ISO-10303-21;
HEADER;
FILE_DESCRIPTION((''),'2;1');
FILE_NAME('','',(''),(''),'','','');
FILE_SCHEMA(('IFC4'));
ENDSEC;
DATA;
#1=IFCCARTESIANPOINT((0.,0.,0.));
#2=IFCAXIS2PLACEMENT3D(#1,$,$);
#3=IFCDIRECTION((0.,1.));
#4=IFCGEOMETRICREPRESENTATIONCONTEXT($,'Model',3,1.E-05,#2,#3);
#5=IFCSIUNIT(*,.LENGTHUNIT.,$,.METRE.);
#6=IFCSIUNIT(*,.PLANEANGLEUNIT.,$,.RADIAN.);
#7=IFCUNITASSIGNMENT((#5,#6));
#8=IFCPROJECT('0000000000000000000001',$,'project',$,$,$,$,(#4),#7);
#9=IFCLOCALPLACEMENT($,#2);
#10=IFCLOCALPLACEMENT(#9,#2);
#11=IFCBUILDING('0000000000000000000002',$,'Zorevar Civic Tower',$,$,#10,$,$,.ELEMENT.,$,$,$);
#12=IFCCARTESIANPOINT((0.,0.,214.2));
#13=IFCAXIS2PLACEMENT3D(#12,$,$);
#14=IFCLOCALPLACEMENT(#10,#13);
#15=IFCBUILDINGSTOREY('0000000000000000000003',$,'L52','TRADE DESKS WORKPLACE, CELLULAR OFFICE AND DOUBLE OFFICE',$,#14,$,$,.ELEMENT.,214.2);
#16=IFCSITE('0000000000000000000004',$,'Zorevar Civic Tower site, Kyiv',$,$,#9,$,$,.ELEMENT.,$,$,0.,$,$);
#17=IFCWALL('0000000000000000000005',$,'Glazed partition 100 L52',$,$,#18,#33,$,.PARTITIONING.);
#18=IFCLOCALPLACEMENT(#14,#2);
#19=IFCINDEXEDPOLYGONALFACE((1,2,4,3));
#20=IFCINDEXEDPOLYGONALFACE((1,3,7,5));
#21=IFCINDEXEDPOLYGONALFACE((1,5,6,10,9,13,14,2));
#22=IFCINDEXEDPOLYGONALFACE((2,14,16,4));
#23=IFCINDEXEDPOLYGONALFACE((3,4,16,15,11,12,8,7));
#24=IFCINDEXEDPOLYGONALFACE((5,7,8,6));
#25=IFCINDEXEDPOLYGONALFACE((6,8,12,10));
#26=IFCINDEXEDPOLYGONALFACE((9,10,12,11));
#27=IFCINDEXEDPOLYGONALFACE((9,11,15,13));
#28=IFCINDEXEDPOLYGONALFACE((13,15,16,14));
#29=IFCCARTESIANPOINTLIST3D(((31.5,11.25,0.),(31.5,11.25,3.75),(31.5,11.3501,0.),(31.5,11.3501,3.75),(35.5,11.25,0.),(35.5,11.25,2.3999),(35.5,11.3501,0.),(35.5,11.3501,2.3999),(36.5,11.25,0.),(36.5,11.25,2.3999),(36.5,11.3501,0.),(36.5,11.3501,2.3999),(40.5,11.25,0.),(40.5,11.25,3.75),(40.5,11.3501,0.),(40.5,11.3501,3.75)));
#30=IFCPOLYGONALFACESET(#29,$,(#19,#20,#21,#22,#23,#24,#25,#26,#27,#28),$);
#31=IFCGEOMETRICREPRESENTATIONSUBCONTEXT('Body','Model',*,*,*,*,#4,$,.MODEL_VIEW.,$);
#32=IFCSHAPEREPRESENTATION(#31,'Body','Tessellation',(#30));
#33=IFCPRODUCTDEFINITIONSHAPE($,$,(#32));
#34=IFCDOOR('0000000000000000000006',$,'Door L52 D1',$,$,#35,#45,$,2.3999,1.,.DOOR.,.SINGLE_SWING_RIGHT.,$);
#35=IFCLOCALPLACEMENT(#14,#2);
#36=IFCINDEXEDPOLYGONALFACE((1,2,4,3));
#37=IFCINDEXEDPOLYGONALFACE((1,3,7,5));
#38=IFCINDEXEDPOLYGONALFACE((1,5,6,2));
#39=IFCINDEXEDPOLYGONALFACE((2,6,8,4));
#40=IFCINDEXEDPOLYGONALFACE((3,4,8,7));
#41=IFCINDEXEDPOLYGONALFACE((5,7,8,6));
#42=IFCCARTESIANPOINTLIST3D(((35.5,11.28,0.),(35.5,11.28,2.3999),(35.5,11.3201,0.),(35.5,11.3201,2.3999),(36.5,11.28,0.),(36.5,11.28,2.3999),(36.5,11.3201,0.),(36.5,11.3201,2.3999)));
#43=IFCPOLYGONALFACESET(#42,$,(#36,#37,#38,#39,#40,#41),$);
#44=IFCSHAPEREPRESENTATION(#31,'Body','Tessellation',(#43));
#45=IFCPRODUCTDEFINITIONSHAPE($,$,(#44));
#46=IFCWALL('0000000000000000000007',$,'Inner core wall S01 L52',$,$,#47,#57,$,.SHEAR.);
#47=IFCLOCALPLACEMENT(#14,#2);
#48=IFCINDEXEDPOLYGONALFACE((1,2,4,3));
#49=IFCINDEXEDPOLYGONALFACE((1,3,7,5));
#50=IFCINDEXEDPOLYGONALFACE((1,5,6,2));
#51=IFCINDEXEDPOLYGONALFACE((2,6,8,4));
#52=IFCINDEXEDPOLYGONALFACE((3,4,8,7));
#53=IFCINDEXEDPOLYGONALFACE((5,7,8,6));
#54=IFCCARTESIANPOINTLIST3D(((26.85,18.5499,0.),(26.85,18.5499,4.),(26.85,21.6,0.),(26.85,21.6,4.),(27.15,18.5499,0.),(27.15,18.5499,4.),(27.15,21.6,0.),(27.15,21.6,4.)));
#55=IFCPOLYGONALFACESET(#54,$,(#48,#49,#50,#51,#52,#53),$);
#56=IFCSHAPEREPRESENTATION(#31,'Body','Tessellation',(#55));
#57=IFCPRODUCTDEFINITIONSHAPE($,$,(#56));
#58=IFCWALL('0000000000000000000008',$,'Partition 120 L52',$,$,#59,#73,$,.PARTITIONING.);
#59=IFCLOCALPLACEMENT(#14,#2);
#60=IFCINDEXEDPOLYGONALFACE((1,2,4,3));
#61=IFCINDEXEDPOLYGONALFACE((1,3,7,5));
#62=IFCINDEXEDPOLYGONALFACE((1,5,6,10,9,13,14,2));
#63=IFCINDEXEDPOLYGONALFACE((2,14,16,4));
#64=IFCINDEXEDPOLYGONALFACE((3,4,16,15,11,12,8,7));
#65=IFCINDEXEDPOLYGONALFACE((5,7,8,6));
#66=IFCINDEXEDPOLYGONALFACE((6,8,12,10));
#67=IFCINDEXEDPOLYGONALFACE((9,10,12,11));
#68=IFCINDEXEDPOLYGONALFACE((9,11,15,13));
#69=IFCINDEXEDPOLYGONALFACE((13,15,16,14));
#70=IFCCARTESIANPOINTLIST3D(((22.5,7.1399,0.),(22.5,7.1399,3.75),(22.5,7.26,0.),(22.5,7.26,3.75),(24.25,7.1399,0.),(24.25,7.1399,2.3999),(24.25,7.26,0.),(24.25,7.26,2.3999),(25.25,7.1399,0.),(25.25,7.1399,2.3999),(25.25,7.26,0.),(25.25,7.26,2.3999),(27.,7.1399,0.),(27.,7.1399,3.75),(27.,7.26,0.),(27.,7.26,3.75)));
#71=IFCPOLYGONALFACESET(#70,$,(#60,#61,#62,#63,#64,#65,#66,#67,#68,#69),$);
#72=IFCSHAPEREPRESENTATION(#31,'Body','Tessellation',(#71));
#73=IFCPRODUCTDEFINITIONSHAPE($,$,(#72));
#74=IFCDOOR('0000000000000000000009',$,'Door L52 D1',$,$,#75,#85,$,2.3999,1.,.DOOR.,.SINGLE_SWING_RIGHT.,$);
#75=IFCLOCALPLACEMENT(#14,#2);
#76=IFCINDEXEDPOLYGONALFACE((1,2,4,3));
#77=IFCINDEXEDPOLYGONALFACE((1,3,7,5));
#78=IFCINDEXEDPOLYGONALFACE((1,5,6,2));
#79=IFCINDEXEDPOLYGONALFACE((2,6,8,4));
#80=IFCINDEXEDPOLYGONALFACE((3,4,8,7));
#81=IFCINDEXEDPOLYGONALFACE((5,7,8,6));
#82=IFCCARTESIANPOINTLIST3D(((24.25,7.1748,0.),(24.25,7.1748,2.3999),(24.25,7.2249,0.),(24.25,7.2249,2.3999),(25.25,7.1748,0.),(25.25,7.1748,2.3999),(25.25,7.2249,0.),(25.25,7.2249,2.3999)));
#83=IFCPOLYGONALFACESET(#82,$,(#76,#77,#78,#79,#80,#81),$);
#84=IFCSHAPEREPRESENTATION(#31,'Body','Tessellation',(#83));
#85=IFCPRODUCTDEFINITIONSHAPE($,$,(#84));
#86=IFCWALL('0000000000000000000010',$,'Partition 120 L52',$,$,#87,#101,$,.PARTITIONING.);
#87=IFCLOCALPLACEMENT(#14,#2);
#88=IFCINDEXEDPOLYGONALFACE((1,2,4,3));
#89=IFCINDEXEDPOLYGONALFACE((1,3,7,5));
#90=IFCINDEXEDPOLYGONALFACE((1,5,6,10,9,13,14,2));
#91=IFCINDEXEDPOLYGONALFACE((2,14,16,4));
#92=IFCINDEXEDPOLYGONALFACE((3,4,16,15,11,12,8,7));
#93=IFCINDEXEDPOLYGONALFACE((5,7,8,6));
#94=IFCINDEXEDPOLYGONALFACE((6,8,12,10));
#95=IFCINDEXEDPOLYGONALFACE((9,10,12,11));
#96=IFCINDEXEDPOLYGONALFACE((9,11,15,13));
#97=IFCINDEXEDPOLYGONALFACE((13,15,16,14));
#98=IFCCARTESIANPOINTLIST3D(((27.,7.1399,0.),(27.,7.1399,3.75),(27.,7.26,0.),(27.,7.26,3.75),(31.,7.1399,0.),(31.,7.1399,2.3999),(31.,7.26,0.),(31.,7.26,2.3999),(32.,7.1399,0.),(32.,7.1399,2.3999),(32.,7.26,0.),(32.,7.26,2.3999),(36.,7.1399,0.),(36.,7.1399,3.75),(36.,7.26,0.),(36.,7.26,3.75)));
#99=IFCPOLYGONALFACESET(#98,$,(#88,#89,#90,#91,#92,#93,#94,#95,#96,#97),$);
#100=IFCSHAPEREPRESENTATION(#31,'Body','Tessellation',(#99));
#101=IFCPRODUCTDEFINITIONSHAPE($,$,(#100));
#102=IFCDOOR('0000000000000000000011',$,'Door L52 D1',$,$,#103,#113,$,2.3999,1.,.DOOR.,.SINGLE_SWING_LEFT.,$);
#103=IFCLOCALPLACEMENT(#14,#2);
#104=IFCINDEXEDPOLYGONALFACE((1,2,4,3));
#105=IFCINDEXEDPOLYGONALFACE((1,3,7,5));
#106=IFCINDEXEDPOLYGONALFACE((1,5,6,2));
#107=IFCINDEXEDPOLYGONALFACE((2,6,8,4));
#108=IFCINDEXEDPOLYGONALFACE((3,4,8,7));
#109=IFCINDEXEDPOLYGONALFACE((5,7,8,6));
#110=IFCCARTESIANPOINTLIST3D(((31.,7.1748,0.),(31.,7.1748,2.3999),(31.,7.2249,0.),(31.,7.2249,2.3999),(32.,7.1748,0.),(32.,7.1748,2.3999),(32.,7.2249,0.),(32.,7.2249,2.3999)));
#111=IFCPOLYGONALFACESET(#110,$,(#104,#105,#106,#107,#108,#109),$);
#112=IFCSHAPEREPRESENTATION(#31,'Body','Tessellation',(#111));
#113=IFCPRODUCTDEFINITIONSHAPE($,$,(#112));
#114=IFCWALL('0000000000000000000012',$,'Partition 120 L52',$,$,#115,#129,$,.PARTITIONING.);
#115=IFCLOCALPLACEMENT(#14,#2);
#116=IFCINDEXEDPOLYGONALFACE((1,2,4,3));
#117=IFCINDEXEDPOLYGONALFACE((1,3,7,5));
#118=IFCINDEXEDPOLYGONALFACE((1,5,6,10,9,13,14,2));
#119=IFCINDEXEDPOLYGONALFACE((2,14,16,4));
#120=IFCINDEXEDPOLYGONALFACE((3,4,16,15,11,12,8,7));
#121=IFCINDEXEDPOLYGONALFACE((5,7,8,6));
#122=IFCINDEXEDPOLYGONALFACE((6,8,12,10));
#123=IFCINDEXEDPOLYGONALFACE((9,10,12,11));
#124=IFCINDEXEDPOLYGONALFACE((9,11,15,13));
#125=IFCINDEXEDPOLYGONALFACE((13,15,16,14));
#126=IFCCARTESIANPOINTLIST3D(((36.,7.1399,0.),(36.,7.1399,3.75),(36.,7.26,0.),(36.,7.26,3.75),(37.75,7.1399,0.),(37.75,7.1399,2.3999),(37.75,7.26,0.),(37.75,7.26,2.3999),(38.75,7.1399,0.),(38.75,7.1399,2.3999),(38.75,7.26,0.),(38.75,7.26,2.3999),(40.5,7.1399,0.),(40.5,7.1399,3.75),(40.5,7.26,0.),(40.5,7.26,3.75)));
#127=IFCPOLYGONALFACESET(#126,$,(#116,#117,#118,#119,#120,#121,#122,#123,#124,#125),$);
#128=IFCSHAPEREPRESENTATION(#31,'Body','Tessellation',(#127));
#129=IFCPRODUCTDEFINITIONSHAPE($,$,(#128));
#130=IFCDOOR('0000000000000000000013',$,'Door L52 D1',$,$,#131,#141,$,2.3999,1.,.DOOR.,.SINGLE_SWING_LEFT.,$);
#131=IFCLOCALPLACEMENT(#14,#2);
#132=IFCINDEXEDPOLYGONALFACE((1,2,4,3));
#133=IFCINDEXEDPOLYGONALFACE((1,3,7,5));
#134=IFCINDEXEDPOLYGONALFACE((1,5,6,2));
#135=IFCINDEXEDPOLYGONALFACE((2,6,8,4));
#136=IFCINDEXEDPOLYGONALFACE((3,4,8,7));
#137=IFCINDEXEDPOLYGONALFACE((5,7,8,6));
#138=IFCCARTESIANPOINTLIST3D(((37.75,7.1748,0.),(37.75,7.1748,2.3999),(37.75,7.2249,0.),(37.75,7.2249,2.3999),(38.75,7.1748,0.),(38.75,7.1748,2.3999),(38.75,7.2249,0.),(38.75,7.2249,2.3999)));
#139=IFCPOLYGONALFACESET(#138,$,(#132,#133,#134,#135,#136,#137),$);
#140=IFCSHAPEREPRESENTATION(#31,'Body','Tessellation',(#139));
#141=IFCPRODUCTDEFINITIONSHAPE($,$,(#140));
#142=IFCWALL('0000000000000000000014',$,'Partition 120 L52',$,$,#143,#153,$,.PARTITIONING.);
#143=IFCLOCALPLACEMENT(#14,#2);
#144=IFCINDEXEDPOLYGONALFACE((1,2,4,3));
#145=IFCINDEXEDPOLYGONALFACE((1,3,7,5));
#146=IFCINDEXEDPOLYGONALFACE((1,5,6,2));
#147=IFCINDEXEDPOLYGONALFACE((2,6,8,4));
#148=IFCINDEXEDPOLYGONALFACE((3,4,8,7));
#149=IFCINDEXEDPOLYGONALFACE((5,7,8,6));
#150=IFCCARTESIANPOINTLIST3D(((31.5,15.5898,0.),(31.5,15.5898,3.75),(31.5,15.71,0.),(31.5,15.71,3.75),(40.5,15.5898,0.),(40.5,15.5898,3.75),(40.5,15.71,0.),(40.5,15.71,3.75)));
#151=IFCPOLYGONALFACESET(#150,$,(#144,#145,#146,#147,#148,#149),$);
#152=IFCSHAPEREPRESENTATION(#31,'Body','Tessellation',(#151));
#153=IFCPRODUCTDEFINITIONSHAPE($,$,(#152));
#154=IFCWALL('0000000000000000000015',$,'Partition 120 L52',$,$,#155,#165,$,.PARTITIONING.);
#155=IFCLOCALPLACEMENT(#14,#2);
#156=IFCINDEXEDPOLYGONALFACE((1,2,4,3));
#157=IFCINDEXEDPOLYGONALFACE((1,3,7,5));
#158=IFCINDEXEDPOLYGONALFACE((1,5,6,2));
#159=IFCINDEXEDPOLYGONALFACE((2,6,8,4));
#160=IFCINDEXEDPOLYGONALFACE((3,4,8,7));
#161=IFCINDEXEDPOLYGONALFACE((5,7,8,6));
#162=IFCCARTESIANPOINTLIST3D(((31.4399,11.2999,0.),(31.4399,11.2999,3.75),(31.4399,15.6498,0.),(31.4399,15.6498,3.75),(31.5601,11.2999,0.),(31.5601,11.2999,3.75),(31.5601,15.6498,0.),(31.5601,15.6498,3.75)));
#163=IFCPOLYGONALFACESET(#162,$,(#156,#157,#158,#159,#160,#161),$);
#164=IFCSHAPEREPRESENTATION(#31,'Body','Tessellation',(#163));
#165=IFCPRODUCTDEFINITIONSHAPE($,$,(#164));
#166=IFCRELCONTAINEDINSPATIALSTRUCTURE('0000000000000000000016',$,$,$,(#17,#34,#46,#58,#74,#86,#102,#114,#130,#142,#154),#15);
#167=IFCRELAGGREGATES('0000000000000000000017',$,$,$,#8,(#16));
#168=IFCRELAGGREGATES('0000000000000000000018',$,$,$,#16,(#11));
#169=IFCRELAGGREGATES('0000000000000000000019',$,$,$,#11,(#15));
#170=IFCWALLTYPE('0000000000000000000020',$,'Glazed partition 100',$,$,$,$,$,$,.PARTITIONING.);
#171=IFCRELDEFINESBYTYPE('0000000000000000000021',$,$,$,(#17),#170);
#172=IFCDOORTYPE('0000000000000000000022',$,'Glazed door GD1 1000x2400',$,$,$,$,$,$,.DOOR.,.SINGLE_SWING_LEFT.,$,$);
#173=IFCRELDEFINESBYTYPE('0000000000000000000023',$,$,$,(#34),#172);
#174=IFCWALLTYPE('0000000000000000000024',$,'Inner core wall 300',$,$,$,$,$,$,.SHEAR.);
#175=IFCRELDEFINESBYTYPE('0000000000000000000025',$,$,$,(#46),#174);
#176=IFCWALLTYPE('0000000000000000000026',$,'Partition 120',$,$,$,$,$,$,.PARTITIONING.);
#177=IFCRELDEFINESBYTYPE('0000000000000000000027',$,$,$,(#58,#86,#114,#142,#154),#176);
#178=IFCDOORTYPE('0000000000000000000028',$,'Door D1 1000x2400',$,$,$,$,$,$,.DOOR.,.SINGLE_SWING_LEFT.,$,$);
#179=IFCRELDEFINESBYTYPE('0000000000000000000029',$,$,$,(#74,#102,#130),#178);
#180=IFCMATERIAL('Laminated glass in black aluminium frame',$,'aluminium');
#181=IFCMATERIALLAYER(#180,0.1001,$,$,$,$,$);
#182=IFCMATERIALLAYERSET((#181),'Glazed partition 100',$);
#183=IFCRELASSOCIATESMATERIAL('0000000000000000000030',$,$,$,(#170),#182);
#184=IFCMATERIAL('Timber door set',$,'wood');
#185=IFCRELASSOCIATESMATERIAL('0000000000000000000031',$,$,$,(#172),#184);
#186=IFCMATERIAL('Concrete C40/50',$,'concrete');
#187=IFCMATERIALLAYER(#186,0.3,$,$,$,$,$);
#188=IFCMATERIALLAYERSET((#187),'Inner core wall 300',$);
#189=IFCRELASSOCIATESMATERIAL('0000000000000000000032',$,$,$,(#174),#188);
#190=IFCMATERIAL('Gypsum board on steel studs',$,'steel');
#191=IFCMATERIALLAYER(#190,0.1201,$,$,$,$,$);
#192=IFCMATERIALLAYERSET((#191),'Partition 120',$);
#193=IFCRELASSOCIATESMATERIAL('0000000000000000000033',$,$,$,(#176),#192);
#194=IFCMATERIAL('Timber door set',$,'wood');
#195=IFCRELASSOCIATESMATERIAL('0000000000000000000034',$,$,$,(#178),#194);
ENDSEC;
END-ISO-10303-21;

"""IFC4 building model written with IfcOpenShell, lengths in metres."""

from ifc_helpers import new_model, si_unit, direction, frame, frame_2d, origin, place, context, subcontext, project, spatial, rectangle, extrude, material, layer, layer_set, type_object, element, fill, save


model = new_model("IFC4")

# Units and contexts
model_context = context("Model", 3, precision=1e-05, world=origin(), true_north=direction((0.0, 1.0)))
body_context = subcontext(model_context, "Body", "Model", "MODEL_VIEW")
ifc_project = project(units=[si_unit("LENGTHUNIT", "METRE"), si_unit("PLANEANGLEUNIT", "RADIAN")], contexts=[model_context])

# Site, building, storey
site_placement = place(None, origin())
site = spatial("IfcSite", under=ifc_project, at=site_placement, Name="Zorevar Civic Tower site, Kyiv", CompositionType="ELEMENT", RefElevation=0.0)
building_placement = place(site_placement, origin())
building = spatial("IfcBuilding", under=site, at=building_placement, Name="Zorevar Civic Tower", CompositionType="ELEMENT")
storey_placement = place(building_placement, frame((0.0, 0.0, 214.2)))
storey = spatial("IfcBuildingStorey", under=building, at=storey_placement, Name="L52", Description="TRADE DESKS WORKPLACE, CELLULAR OFFICE AND DOUBLE OFFICE", CompositionType="ELEMENT", Elevation=214.2)

# Wall, opening, door
ifc_material_1 = material(Name="Laminated glass in black aluminium frame", Category="aluminium")
ifc_layer_1 = layer(ifc_material_1, 0.1001)
ifc_layer_set_1 = layer_set([ifc_layer_1], Name="Glazed partition 100")
wall_type_1 = type_object("IfcWallType", Name="Glazed partition 100", PredefinedType="PARTITIONING", material=ifc_layer_set_1)
wall_1_placement = place(storey_placement, frame((31.5, 11.3, 0.0), z_axis=(0.0, 0.0, 1.0), x_axis=(1.0, 0.0, 0.0)))
wall_1 = element("IfcWall", 1, at=wall_1_placement, inside=storey, type_object=wall_type_1, Name="Glazed partition 100 L52", PredefinedType="PARTITIONING", context=body_context, shape_type="SweptSolid", body=[
    extrude(rectangle(XDim=9.0, YDim=0.1001, at=frame_2d((4.5, 0.0))), origin(), (0.0, 0.0, 1.0), 3.75),
])
opening_1_placement = place(wall_1_placement, frame((4.0, 0.0, 0.0)))
opening_1 = element("IfcOpeningElement", 2, at=opening_1_placement, cuts=wall_1, PredefinedType="OPENING", context=body_context, shape_type="SweptSolid", body=[
    extrude(rectangle(XDim=1.0, YDim=2.3999, at=frame_2d((0.5, 1.2))), frame((0.0, 0.0601, 0.0), z_axis=(0.0, -1.0, 0.0), x_axis=(1.0, 0.0, 0.0)), (0.0, 0.0, 1.0), 0.1201),
])
ifc_material_2 = material(Name="Timber door set", Category="wood")
door_type_1 = type_object("IfcDoorType", Name="Glazed door GD1 1000x2400", OperationType="SINGLE_SWING_LEFT", PredefinedType="DOOR", material=ifc_material_2)
door_1_placement = place(opening_1_placement, origin())
door_1 = element("IfcDoor", 3, at=door_1_placement, inside=storey, type_object=door_type_1, Name="Door L52 D1", OperationType="SINGLE_SWING_RIGHT", OverallHeight=2.3999, OverallWidth=1.0, PredefinedType="DOOR", context=body_context, shape_type="SweptSolid", body=[
    extrude(rectangle(XDim=1.0, YDim=2.3999, at=frame_2d((0.5, 1.2))), frame((0.0, 0.02, 0.0), z_axis=(0.0, -1.0, 0.0), x_axis=(1.0, 0.0, 0.0)), (0.0, 0.0, 1.0), 0.04),
])
fill(opening_1, door_1)

# Wall
ifc_material_3 = material(Name="Concrete C40/50", Category="concrete")
ifc_layer_2 = layer(ifc_material_3, 0.3)
ifc_layer_set_2 = layer_set([ifc_layer_2], Name="Inner core wall 300")
wall_type_2 = type_object("IfcWallType", Name="Inner core wall 300", PredefinedType="SHEAR", material=ifc_layer_set_2)
wall_2_placement = place(storey_placement, frame((27.0, 18.55, 0.0), z_axis=(0.0, 0.0, 1.0), x_axis=(0.0, 1.0, 0.0)))
element("IfcWall", 4, at=wall_2_placement, inside=storey, type_object=wall_type_2, Name="Inner core wall S01 L52", PredefinedType="SHEAR", context=body_context, shape_type="SweptSolid", body=[
    extrude(rectangle(XDim=3.05, YDim=0.3, at=frame_2d((1.5249, 0.0))), origin(), (0.0, 0.0, 1.0), 4.0),
])

# Walls, openings, doors
ifc_material_4 = material(Name="Gypsum board on steel studs", Category="steel")
ifc_layer_3 = layer(ifc_material_4, 0.1201)
ifc_layer_set_3 = layer_set([ifc_layer_3], Name="Partition 120")
wall_type_3 = type_object("IfcWallType", Name="Partition 120", PredefinedType="PARTITIONING", material=ifc_layer_set_3)
wall_3_placement = place(storey_placement, frame((22.5, 7.2, 0.0), z_axis=(0.0, 0.0, 1.0), x_axis=(1.0, 0.0, 0.0)))
wall_3 = element("IfcWall", 5, at=wall_3_placement, inside=storey, type_object=wall_type_3, Name="Partition 120 L52", PredefinedType="PARTITIONING", context=body_context, shape_type="SweptSolid", body=[
    extrude(rectangle(XDim=4.5, YDim=0.1201, at=frame_2d((2.25, 0.0))), origin(), (0.0, 0.0, 1.0), 3.75),
])
opening_2_placement = place(wall_3_placement, frame((1.75, 0.0, 0.0)))
opening_2 = element("IfcOpeningElement", 6, at=opening_2_placement, cuts=wall_3, PredefinedType="OPENING", context=body_context, shape_type="SweptSolid", body=[
    extrude(rectangle(XDim=1.0, YDim=2.3999, at=frame_2d((0.5, 1.2))), frame((0.0, 0.0701, 0.0), z_axis=(0.0, -1.0, 0.0), x_axis=(1.0, 0.0, 0.0)), (0.0, 0.0, 1.0), 0.1401),
])
ifc_material_5 = material(Name="Timber door set", Category="wood")
door_type_2 = type_object("IfcDoorType", Name="Door D1 1000x2400", OperationType="SINGLE_SWING_LEFT", PredefinedType="DOOR", material=ifc_material_5)
door_2_placement = place(opening_2_placement, origin())
door_2 = element("IfcDoor", 7, at=door_2_placement, inside=storey, type_object=door_type_2, Name="Door L52 D1", OperationType="SINGLE_SWING_RIGHT", OverallHeight=2.3999, OverallWidth=1.0, PredefinedType="DOOR", context=body_context, shape_type="SweptSolid", body=[
    extrude(rectangle(XDim=1.0, YDim=2.3999, at=frame_2d((0.5, 1.2))), frame((0.0, 0.0249, 0.0), z_axis=(0.0, -1.0, 0.0), x_axis=(1.0, 0.0, 0.0)), (0.0, 0.0, 1.0), 0.05),
])
fill(opening_2, door_2)
wall_4_placement = place(storey_placement, frame((27.0, 7.2, 0.0), z_axis=(0.0, 0.0, 1.0), x_axis=(1.0, 0.0, 0.0)))
wall_4 = element("IfcWall", 8, at=wall_4_placement, inside=storey, type_object=wall_type_3, Name="Partition 120 L52", PredefinedType="PARTITIONING", context=body_context, shape_type="SweptSolid", body=[
    extrude(rectangle(XDim=9.0, YDim=0.1201, at=frame_2d((4.5, 0.0))), origin(), (0.0, 0.0, 1.0), 3.75),
])
opening_3_placement = place(wall_4_placement, frame((4.0, 0.0, 0.0)))
opening_3 = element("IfcOpeningElement", 9, at=opening_3_placement, cuts=wall_4, PredefinedType="OPENING", context=body_context, shape_type="SweptSolid", body=[
    extrude(rectangle(XDim=1.0, YDim=2.3999, at=frame_2d((0.5, 1.2))), frame((0.0, 0.0701, 0.0), z_axis=(0.0, -1.0, 0.0), x_axis=(1.0, 0.0, 0.0)), (0.0, 0.0, 1.0), 0.1401),
])
door_3_placement = place(opening_3_placement, origin())
door_3 = element("IfcDoor", 10, at=door_3_placement, inside=storey, type_object=door_type_2, Name="Door L52 D1", OperationType="SINGLE_SWING_LEFT", OverallHeight=2.3999, OverallWidth=1.0, PredefinedType="DOOR", context=body_context, shape_type="SweptSolid", body=[
    extrude(rectangle(XDim=1.0, YDim=2.3999, at=frame_2d((0.5, 1.2))), frame((0.0, 0.0249, 0.0), z_axis=(0.0, -1.0, 0.0), x_axis=(1.0, 0.0, 0.0)), (0.0, 0.0, 1.0), 0.05),
])
fill(opening_3, door_3)
wall_5_placement = place(storey_placement, frame((36.0, 7.2, 0.0), z_axis=(0.0, 0.0, 1.0), x_axis=(1.0, 0.0, 0.0)))
wall_5 = element("IfcWall", 11, at=wall_5_placement, inside=storey, type_object=wall_type_3, Name="Partition 120 L52", PredefinedType="PARTITIONING", context=body_context, shape_type="SweptSolid", body=[
    extrude(rectangle(XDim=4.5, YDim=0.1201, at=frame_2d((2.25, 0.0))), origin(), (0.0, 0.0, 1.0), 3.75),
])
opening_4_placement = place(wall_5_placement, frame((1.75, 0.0, 0.0)))
opening_4 = element("IfcOpeningElement", 12, at=opening_4_placement, cuts=wall_5, PredefinedType="OPENING", context=body_context, shape_type="SweptSolid", body=[
    extrude(rectangle(XDim=1.0, YDim=2.3999, at=frame_2d((0.5, 1.2))), frame((0.0, 0.0701, 0.0), z_axis=(0.0, -1.0, 0.0), x_axis=(1.0, 0.0, 0.0)), (0.0, 0.0, 1.0), 0.1401),
])
door_4_placement = place(opening_4_placement, origin())
door_4 = element("IfcDoor", 13, at=door_4_placement, inside=storey, type_object=door_type_2, Name="Door L52 D1", OperationType="SINGLE_SWING_LEFT", OverallHeight=2.3999, OverallWidth=1.0, PredefinedType="DOOR", context=body_context, shape_type="SweptSolid", body=[
    extrude(rectangle(XDim=1.0, YDim=2.3999, at=frame_2d((0.5, 1.2))), frame((0.0, 0.0249, 0.0), z_axis=(0.0, -1.0, 0.0), x_axis=(1.0, 0.0, 0.0)), (0.0, 0.0, 1.0), 0.05),
])
fill(opening_4, door_4)

# Walls
wall_6_placement = place(storey_placement, frame((31.5, 15.6499, 0.0), z_axis=(0.0, 0.0, 1.0), x_axis=(1.0, 0.0, 0.0)))
element("IfcWall", 14, at=wall_6_placement, inside=storey, type_object=wall_type_3, Name="Partition 120 L52", PredefinedType="PARTITIONING", context=body_context, shape_type="SweptSolid", body=[
    extrude(rectangle(XDim=9.0, YDim=0.1201, at=frame_2d((4.5, 0.0))), origin(), (0.0, 0.0, 1.0), 3.75),
])
wall_7_placement = place(storey_placement, frame((31.5, 11.3, 0.0), z_axis=(0.0, 0.0, 1.0), x_axis=(0.0, 1.0, 0.0)))
element("IfcWall", 15, at=wall_7_placement, inside=storey, type_object=wall_type_3, Name="Partition 120 L52", PredefinedType="PARTITIONING", context=body_context, shape_type="SweptSolid", body=[
    extrude(rectangle(XDim=4.3499, YDim=0.1201, at=frame_2d((2.1748, 0.0))), origin(), (0.0, 0.0, 1.0), 3.75),
])

save(model, "model.ifc")
